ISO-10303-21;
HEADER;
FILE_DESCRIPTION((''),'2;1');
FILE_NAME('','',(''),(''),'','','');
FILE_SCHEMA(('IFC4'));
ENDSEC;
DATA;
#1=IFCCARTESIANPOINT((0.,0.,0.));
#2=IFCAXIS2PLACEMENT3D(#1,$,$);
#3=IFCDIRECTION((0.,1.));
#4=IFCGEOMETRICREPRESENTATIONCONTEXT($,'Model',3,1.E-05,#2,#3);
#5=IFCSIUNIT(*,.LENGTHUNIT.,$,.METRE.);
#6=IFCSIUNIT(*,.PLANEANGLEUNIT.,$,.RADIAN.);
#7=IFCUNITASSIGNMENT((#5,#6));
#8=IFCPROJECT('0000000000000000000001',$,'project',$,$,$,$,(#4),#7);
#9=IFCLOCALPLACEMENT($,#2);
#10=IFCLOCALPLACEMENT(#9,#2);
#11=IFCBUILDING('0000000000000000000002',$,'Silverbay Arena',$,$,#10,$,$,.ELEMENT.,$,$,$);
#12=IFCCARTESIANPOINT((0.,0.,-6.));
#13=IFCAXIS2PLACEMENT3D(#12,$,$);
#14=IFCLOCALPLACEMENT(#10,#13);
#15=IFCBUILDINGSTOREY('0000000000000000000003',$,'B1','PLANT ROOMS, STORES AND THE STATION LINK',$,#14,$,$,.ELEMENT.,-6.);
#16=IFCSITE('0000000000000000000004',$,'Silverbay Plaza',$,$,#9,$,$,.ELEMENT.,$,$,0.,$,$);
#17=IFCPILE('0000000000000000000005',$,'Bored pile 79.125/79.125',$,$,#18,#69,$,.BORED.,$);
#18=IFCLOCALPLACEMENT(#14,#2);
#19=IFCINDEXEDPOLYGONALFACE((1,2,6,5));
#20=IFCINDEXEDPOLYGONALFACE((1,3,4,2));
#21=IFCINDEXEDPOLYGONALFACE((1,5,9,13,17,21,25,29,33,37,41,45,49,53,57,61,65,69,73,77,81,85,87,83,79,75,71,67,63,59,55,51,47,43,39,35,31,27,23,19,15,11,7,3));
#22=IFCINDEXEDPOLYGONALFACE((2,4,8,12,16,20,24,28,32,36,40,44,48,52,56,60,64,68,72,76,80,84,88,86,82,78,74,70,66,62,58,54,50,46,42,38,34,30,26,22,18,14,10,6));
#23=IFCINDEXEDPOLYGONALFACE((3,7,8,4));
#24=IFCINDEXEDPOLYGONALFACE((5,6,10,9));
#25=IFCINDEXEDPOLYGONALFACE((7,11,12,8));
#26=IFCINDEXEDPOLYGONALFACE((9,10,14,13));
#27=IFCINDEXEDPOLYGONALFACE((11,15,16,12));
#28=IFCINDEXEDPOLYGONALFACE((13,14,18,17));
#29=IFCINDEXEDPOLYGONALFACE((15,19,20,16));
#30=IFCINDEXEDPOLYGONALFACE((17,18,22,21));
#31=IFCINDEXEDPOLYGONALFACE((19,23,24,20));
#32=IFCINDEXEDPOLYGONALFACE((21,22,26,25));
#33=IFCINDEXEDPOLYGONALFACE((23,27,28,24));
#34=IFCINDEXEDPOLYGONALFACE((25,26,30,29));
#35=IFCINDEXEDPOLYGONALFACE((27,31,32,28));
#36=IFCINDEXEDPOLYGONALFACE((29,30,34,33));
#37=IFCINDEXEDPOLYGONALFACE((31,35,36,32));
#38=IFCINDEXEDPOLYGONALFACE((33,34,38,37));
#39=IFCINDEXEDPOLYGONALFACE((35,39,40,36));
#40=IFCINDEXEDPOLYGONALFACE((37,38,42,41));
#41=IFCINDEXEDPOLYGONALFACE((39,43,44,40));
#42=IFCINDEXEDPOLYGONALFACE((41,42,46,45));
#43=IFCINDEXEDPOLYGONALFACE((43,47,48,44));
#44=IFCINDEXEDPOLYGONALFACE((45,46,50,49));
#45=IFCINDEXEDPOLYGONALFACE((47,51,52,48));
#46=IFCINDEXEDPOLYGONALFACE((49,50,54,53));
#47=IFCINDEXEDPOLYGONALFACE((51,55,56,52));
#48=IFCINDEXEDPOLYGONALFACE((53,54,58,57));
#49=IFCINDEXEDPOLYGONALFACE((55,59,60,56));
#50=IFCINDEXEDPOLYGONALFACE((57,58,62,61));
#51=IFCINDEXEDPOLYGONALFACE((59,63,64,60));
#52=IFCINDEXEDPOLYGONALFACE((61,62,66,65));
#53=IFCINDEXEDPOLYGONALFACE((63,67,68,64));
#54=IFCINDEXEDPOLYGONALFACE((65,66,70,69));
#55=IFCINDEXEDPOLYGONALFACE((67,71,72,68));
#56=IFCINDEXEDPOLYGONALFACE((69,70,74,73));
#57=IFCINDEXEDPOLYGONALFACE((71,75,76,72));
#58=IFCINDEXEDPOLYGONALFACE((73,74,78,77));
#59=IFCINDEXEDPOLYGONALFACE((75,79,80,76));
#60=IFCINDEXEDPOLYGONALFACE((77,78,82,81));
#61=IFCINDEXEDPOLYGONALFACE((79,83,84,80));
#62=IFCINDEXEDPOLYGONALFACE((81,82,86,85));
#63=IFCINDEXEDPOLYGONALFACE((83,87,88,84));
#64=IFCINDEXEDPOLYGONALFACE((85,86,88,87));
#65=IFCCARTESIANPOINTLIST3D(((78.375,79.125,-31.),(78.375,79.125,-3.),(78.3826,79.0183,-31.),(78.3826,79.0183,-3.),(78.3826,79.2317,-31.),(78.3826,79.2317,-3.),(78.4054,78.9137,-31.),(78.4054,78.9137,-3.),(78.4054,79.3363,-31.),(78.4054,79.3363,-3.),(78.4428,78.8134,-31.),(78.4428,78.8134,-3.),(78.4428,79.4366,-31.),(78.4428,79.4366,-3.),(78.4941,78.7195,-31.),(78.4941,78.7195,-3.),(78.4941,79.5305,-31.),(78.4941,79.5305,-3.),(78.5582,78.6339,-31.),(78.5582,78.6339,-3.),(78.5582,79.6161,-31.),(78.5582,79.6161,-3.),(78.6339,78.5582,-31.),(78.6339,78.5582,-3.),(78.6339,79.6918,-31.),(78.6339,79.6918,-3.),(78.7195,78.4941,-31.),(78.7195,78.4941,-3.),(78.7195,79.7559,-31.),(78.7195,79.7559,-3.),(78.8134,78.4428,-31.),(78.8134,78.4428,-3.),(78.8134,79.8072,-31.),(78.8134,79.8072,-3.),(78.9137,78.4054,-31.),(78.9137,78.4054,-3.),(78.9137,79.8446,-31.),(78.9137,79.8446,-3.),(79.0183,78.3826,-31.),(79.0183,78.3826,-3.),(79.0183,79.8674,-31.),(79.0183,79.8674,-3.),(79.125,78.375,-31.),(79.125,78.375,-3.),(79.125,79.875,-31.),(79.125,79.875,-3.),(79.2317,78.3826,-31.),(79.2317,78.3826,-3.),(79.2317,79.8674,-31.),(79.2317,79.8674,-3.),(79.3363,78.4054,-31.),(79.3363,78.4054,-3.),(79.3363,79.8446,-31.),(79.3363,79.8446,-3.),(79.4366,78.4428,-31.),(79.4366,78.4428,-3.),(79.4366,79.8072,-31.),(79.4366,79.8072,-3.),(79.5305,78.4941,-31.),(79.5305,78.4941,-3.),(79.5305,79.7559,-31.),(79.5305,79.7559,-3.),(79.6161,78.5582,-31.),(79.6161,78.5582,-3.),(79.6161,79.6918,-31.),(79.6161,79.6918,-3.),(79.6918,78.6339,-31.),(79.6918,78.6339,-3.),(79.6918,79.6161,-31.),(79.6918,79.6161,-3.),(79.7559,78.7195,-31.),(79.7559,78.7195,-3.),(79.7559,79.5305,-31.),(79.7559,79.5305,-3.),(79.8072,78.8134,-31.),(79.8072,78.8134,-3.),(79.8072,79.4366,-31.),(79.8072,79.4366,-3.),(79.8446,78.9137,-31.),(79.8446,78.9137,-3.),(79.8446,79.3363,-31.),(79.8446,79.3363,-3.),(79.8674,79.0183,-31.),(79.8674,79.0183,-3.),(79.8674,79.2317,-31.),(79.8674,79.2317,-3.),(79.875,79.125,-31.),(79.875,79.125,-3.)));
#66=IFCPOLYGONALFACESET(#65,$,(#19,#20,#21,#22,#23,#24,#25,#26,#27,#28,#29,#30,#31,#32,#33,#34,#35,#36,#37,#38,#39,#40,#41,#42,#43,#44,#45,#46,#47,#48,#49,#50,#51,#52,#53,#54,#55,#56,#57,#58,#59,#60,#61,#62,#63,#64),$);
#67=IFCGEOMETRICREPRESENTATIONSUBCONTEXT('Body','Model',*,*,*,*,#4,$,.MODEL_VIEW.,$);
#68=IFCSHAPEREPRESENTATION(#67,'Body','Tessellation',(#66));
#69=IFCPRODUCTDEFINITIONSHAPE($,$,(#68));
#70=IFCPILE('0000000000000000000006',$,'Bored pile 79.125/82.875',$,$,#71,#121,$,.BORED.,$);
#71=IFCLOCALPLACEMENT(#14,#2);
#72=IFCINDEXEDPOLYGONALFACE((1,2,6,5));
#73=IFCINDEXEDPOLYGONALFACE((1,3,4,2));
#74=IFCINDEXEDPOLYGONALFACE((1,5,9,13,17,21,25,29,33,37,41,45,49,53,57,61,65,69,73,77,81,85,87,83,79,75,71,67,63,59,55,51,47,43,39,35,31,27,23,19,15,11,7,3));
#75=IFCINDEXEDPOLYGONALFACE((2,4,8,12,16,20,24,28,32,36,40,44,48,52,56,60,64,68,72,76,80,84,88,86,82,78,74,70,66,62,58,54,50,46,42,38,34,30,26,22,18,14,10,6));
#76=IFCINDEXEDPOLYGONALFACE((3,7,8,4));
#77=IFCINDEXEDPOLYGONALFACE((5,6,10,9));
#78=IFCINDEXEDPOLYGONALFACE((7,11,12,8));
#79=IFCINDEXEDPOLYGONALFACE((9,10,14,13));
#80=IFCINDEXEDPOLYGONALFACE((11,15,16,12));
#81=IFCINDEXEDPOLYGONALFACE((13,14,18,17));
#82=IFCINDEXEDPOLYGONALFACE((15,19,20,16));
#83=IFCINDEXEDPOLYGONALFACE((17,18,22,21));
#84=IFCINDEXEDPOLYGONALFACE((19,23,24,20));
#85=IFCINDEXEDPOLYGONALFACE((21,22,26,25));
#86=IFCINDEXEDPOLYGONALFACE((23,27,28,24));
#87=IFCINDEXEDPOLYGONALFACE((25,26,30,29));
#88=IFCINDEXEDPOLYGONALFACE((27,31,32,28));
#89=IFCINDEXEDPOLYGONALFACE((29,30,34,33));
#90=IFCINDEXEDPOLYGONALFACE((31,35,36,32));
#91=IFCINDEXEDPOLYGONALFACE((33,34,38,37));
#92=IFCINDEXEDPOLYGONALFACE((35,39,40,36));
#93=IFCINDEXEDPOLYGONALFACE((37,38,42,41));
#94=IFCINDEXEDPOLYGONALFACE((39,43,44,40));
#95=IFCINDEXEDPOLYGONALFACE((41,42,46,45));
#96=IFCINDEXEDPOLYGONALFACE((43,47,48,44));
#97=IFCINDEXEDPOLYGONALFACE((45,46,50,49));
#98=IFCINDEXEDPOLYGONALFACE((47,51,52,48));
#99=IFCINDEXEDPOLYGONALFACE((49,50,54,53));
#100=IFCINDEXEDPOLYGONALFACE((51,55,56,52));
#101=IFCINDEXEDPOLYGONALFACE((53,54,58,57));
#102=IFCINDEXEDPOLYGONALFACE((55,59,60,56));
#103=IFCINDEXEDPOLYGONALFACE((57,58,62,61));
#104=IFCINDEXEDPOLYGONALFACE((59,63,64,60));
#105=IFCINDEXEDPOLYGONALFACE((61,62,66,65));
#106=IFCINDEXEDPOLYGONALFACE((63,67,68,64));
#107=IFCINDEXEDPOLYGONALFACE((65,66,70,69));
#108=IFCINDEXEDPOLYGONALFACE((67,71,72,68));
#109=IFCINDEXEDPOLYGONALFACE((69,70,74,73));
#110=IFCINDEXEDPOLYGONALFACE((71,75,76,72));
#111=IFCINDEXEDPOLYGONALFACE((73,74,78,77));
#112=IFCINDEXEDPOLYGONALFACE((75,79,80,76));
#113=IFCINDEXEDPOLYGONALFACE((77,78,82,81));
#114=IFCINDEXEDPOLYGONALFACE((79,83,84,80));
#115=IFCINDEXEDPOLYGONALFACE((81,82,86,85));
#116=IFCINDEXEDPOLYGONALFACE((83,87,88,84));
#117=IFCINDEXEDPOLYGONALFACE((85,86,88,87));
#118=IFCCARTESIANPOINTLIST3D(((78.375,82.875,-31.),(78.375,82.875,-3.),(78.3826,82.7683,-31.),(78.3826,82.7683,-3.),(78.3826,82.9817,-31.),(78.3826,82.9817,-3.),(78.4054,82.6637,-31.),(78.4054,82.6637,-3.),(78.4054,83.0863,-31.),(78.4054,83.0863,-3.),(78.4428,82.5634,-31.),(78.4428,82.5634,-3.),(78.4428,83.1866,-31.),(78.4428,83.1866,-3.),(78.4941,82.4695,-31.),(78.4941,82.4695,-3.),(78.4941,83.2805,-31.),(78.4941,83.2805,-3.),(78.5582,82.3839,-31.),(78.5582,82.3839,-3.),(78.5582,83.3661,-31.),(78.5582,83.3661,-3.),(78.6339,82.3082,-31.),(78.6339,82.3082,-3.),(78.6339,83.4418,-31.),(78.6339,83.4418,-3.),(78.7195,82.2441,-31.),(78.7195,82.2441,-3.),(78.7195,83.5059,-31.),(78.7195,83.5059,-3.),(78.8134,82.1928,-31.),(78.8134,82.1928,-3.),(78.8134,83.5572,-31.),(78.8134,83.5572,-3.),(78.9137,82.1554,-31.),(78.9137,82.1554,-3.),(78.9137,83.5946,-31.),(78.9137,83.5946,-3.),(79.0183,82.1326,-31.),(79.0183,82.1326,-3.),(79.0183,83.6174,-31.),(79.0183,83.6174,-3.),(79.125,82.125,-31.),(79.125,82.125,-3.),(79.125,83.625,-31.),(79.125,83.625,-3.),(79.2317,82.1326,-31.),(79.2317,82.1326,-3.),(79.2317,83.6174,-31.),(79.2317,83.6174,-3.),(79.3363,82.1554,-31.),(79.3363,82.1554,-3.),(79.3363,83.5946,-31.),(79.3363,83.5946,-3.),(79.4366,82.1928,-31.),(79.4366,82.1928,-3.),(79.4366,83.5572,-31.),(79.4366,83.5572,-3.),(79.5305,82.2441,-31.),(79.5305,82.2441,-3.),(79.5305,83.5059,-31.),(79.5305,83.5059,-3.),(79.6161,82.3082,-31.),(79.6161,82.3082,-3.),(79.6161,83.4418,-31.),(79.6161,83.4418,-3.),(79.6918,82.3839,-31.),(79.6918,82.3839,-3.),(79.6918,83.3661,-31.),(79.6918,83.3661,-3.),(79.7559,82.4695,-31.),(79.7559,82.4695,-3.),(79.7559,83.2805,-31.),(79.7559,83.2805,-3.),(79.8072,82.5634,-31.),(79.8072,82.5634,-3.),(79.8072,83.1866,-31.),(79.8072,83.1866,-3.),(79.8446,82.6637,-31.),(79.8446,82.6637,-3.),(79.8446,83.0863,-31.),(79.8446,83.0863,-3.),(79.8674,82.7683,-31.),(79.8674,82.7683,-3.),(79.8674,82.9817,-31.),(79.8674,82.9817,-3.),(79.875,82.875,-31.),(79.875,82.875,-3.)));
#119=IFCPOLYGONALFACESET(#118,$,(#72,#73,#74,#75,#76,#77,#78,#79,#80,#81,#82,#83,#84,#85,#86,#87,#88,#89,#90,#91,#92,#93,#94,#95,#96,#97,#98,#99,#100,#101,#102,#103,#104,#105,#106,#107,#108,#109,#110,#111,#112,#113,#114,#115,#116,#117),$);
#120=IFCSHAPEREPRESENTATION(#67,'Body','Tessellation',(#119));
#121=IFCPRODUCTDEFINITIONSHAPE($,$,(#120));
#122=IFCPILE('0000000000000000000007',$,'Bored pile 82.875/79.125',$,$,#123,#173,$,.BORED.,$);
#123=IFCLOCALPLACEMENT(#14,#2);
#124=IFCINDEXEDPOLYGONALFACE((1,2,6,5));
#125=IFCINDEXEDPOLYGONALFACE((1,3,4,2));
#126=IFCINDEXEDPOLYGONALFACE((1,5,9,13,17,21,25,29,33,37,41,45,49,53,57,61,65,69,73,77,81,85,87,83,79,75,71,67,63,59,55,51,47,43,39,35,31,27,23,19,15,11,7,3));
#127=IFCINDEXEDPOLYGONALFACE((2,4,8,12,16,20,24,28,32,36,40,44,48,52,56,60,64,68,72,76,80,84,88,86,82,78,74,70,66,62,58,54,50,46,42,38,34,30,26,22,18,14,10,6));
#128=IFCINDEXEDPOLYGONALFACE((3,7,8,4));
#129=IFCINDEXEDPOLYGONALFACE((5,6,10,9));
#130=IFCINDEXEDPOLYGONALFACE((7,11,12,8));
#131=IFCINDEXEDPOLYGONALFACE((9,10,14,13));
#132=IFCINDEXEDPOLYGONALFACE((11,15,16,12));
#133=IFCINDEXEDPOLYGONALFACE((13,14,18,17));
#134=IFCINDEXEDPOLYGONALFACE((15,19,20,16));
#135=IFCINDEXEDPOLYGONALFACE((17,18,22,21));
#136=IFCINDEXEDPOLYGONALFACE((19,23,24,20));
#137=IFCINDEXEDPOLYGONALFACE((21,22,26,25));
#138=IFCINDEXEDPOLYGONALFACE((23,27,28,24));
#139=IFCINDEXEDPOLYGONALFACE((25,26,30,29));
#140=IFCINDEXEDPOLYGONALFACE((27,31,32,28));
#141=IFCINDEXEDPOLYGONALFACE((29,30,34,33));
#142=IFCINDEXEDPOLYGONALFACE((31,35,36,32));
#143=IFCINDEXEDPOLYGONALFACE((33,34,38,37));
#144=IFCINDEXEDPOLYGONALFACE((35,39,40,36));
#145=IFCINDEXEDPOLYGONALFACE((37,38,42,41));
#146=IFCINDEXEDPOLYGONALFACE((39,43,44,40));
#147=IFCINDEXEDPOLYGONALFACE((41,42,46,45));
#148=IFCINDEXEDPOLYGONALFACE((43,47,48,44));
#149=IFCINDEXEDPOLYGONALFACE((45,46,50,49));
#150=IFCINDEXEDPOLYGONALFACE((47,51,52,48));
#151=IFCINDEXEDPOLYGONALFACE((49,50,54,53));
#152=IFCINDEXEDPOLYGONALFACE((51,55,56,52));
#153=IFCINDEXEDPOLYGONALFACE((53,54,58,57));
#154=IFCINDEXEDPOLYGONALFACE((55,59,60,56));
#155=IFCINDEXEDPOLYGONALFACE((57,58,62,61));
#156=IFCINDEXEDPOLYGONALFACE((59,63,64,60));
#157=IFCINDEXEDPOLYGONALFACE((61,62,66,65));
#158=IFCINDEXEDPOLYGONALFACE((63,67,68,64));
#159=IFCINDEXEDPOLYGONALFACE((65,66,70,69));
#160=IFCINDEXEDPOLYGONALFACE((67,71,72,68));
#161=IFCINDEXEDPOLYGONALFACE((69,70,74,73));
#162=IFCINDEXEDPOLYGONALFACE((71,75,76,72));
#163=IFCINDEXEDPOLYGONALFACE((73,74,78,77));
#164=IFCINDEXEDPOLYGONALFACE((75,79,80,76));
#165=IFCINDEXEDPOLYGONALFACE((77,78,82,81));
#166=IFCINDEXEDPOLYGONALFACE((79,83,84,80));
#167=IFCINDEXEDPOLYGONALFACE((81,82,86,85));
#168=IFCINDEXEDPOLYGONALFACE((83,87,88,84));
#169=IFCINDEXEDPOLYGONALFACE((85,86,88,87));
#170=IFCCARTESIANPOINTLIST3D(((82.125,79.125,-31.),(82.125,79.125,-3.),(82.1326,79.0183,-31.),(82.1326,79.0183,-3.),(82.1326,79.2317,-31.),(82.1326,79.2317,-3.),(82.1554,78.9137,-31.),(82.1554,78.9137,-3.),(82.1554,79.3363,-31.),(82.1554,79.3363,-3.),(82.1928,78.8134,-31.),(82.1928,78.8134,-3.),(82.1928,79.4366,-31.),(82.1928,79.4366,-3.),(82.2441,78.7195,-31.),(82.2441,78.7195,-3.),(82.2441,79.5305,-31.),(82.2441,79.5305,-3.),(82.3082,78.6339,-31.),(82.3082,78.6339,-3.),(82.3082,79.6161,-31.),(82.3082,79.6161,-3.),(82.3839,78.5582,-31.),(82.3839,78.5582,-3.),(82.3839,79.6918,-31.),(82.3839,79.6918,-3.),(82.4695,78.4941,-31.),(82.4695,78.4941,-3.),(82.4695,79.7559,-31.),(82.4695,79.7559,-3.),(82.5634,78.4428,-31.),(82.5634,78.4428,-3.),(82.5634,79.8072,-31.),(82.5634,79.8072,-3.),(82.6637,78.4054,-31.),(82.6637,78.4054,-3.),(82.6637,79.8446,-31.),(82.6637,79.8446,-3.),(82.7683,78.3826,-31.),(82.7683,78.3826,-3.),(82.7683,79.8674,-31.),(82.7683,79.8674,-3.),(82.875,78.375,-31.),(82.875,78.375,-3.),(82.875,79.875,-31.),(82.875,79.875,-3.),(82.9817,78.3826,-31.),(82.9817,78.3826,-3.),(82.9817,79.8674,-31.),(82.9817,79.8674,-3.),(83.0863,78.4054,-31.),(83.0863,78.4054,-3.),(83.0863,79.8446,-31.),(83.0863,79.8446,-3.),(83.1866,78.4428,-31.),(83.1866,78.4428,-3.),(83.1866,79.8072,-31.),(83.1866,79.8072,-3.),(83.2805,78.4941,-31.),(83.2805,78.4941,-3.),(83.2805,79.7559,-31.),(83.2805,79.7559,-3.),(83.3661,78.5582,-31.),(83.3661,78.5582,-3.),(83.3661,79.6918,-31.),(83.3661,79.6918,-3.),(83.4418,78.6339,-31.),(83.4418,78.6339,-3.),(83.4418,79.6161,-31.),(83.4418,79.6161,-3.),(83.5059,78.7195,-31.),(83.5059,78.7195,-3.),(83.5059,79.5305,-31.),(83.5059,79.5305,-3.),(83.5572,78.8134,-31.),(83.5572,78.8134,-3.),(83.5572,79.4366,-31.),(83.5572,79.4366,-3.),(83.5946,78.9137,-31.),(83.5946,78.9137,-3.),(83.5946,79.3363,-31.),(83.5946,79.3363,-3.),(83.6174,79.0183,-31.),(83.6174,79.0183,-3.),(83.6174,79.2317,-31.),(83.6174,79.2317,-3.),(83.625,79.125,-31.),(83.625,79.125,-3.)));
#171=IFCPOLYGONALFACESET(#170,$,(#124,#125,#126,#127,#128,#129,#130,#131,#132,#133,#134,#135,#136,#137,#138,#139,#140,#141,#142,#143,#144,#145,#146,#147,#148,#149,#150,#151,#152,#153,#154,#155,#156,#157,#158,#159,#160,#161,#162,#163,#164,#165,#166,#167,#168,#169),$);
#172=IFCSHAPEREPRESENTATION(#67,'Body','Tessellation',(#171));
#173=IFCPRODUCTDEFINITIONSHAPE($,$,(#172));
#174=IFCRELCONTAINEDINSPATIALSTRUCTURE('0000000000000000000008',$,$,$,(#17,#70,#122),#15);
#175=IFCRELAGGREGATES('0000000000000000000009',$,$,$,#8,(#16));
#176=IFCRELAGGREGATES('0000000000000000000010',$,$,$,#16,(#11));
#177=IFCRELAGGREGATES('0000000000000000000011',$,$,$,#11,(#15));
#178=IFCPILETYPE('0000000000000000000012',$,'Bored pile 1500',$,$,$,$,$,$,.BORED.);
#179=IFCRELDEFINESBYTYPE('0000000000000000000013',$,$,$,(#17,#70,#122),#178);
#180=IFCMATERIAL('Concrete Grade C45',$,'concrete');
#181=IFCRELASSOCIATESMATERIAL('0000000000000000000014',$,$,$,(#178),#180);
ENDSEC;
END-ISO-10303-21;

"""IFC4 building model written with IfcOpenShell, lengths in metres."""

from ifc_helpers import new_model, si_unit, direction, frame, origin, origin_2d, place, context, subcontext, project, spatial, circle, extrude, material, material_profile, profile_set, type_object, element, save


model = new_model("IFC4")

# Units and contexts
model_context = context("Model", 3, precision=1e-05, world=origin(), true_north=direction((0.0, 1.0)))
body_context = subcontext(model_context, "Body", "Model", "MODEL_VIEW")
ifc_project = project(units=[si_unit("LENGTHUNIT", "METRE"), si_unit("PLANEANGLEUNIT", "RADIAN")], contexts=[model_context])

# Site, building, storey
site_placement = place(None, origin())
site = spatial("IfcSite", under=ifc_project, at=site_placement, Name="Silverbay Plaza", CompositionType="ELEMENT", RefElevation=0.0)
building_placement = place(site_placement, origin())
building = spatial("IfcBuilding", under=site, at=building_placement, Name="Silverbay Arena", CompositionType="ELEMENT")
storey_placement = place(building_placement, frame((0.0, 0.0, -6.0)))
storey = spatial("IfcBuildingStorey", under=building, at=storey_placement, Name="B1", Description="PLANT ROOMS, STORES AND THE STATION LINK", CompositionType="ELEMENT", Elevation=-6.0)

# Piles
ifc_material_1 = material(Name="Concrete Grade C45", Category="concrete")
ifc_material_profile_1 = material_profile(ifc_material_1, circle(Radius=0.75, at=origin_2d()), Name="Bored pile 1500")
ifc_profile_set_1 = profile_set([ifc_material_profile_1], Name="Concrete Grade C45")
pile_type = type_object("IfcPileType", Name="Bored pile 1500", PredefinedType="BORED", material=ifc_profile_set_1)
for number, where, z_axis, x_axis, name in (
    (1, (79.125, 79.125, -3.0), (0.0, 0.0, -1.0), (1.0, 0.0, 0.0), "Bored pile 79.125/79.125"),
    (2, (79.125, 82.875, -3.0), (0.0, 0.0, -1.0), (1.0, 0.0, 0.0), "Bored pile 79.125/82.875"),
    (3, (82.875, 79.125, -3.0), (0.0, 0.0, -1.0), (1.0, 0.0, 0.0), "Bored pile 82.875/79.125"),
):
    element("IfcPile", number, at=place(storey_placement, frame(where, z_axis=z_axis, x_axis=x_axis)), inside=storey, type_object=pile_type, Name=name, PredefinedType="BORED", context=body_context, shape_type="SweptSolid", body=[
        extrude(circle(Radius=0.75, at=origin_2d()), origin(), (0.0, 0.0, 1.0), 28.0),
    ])

save(model, "model.ifc")
